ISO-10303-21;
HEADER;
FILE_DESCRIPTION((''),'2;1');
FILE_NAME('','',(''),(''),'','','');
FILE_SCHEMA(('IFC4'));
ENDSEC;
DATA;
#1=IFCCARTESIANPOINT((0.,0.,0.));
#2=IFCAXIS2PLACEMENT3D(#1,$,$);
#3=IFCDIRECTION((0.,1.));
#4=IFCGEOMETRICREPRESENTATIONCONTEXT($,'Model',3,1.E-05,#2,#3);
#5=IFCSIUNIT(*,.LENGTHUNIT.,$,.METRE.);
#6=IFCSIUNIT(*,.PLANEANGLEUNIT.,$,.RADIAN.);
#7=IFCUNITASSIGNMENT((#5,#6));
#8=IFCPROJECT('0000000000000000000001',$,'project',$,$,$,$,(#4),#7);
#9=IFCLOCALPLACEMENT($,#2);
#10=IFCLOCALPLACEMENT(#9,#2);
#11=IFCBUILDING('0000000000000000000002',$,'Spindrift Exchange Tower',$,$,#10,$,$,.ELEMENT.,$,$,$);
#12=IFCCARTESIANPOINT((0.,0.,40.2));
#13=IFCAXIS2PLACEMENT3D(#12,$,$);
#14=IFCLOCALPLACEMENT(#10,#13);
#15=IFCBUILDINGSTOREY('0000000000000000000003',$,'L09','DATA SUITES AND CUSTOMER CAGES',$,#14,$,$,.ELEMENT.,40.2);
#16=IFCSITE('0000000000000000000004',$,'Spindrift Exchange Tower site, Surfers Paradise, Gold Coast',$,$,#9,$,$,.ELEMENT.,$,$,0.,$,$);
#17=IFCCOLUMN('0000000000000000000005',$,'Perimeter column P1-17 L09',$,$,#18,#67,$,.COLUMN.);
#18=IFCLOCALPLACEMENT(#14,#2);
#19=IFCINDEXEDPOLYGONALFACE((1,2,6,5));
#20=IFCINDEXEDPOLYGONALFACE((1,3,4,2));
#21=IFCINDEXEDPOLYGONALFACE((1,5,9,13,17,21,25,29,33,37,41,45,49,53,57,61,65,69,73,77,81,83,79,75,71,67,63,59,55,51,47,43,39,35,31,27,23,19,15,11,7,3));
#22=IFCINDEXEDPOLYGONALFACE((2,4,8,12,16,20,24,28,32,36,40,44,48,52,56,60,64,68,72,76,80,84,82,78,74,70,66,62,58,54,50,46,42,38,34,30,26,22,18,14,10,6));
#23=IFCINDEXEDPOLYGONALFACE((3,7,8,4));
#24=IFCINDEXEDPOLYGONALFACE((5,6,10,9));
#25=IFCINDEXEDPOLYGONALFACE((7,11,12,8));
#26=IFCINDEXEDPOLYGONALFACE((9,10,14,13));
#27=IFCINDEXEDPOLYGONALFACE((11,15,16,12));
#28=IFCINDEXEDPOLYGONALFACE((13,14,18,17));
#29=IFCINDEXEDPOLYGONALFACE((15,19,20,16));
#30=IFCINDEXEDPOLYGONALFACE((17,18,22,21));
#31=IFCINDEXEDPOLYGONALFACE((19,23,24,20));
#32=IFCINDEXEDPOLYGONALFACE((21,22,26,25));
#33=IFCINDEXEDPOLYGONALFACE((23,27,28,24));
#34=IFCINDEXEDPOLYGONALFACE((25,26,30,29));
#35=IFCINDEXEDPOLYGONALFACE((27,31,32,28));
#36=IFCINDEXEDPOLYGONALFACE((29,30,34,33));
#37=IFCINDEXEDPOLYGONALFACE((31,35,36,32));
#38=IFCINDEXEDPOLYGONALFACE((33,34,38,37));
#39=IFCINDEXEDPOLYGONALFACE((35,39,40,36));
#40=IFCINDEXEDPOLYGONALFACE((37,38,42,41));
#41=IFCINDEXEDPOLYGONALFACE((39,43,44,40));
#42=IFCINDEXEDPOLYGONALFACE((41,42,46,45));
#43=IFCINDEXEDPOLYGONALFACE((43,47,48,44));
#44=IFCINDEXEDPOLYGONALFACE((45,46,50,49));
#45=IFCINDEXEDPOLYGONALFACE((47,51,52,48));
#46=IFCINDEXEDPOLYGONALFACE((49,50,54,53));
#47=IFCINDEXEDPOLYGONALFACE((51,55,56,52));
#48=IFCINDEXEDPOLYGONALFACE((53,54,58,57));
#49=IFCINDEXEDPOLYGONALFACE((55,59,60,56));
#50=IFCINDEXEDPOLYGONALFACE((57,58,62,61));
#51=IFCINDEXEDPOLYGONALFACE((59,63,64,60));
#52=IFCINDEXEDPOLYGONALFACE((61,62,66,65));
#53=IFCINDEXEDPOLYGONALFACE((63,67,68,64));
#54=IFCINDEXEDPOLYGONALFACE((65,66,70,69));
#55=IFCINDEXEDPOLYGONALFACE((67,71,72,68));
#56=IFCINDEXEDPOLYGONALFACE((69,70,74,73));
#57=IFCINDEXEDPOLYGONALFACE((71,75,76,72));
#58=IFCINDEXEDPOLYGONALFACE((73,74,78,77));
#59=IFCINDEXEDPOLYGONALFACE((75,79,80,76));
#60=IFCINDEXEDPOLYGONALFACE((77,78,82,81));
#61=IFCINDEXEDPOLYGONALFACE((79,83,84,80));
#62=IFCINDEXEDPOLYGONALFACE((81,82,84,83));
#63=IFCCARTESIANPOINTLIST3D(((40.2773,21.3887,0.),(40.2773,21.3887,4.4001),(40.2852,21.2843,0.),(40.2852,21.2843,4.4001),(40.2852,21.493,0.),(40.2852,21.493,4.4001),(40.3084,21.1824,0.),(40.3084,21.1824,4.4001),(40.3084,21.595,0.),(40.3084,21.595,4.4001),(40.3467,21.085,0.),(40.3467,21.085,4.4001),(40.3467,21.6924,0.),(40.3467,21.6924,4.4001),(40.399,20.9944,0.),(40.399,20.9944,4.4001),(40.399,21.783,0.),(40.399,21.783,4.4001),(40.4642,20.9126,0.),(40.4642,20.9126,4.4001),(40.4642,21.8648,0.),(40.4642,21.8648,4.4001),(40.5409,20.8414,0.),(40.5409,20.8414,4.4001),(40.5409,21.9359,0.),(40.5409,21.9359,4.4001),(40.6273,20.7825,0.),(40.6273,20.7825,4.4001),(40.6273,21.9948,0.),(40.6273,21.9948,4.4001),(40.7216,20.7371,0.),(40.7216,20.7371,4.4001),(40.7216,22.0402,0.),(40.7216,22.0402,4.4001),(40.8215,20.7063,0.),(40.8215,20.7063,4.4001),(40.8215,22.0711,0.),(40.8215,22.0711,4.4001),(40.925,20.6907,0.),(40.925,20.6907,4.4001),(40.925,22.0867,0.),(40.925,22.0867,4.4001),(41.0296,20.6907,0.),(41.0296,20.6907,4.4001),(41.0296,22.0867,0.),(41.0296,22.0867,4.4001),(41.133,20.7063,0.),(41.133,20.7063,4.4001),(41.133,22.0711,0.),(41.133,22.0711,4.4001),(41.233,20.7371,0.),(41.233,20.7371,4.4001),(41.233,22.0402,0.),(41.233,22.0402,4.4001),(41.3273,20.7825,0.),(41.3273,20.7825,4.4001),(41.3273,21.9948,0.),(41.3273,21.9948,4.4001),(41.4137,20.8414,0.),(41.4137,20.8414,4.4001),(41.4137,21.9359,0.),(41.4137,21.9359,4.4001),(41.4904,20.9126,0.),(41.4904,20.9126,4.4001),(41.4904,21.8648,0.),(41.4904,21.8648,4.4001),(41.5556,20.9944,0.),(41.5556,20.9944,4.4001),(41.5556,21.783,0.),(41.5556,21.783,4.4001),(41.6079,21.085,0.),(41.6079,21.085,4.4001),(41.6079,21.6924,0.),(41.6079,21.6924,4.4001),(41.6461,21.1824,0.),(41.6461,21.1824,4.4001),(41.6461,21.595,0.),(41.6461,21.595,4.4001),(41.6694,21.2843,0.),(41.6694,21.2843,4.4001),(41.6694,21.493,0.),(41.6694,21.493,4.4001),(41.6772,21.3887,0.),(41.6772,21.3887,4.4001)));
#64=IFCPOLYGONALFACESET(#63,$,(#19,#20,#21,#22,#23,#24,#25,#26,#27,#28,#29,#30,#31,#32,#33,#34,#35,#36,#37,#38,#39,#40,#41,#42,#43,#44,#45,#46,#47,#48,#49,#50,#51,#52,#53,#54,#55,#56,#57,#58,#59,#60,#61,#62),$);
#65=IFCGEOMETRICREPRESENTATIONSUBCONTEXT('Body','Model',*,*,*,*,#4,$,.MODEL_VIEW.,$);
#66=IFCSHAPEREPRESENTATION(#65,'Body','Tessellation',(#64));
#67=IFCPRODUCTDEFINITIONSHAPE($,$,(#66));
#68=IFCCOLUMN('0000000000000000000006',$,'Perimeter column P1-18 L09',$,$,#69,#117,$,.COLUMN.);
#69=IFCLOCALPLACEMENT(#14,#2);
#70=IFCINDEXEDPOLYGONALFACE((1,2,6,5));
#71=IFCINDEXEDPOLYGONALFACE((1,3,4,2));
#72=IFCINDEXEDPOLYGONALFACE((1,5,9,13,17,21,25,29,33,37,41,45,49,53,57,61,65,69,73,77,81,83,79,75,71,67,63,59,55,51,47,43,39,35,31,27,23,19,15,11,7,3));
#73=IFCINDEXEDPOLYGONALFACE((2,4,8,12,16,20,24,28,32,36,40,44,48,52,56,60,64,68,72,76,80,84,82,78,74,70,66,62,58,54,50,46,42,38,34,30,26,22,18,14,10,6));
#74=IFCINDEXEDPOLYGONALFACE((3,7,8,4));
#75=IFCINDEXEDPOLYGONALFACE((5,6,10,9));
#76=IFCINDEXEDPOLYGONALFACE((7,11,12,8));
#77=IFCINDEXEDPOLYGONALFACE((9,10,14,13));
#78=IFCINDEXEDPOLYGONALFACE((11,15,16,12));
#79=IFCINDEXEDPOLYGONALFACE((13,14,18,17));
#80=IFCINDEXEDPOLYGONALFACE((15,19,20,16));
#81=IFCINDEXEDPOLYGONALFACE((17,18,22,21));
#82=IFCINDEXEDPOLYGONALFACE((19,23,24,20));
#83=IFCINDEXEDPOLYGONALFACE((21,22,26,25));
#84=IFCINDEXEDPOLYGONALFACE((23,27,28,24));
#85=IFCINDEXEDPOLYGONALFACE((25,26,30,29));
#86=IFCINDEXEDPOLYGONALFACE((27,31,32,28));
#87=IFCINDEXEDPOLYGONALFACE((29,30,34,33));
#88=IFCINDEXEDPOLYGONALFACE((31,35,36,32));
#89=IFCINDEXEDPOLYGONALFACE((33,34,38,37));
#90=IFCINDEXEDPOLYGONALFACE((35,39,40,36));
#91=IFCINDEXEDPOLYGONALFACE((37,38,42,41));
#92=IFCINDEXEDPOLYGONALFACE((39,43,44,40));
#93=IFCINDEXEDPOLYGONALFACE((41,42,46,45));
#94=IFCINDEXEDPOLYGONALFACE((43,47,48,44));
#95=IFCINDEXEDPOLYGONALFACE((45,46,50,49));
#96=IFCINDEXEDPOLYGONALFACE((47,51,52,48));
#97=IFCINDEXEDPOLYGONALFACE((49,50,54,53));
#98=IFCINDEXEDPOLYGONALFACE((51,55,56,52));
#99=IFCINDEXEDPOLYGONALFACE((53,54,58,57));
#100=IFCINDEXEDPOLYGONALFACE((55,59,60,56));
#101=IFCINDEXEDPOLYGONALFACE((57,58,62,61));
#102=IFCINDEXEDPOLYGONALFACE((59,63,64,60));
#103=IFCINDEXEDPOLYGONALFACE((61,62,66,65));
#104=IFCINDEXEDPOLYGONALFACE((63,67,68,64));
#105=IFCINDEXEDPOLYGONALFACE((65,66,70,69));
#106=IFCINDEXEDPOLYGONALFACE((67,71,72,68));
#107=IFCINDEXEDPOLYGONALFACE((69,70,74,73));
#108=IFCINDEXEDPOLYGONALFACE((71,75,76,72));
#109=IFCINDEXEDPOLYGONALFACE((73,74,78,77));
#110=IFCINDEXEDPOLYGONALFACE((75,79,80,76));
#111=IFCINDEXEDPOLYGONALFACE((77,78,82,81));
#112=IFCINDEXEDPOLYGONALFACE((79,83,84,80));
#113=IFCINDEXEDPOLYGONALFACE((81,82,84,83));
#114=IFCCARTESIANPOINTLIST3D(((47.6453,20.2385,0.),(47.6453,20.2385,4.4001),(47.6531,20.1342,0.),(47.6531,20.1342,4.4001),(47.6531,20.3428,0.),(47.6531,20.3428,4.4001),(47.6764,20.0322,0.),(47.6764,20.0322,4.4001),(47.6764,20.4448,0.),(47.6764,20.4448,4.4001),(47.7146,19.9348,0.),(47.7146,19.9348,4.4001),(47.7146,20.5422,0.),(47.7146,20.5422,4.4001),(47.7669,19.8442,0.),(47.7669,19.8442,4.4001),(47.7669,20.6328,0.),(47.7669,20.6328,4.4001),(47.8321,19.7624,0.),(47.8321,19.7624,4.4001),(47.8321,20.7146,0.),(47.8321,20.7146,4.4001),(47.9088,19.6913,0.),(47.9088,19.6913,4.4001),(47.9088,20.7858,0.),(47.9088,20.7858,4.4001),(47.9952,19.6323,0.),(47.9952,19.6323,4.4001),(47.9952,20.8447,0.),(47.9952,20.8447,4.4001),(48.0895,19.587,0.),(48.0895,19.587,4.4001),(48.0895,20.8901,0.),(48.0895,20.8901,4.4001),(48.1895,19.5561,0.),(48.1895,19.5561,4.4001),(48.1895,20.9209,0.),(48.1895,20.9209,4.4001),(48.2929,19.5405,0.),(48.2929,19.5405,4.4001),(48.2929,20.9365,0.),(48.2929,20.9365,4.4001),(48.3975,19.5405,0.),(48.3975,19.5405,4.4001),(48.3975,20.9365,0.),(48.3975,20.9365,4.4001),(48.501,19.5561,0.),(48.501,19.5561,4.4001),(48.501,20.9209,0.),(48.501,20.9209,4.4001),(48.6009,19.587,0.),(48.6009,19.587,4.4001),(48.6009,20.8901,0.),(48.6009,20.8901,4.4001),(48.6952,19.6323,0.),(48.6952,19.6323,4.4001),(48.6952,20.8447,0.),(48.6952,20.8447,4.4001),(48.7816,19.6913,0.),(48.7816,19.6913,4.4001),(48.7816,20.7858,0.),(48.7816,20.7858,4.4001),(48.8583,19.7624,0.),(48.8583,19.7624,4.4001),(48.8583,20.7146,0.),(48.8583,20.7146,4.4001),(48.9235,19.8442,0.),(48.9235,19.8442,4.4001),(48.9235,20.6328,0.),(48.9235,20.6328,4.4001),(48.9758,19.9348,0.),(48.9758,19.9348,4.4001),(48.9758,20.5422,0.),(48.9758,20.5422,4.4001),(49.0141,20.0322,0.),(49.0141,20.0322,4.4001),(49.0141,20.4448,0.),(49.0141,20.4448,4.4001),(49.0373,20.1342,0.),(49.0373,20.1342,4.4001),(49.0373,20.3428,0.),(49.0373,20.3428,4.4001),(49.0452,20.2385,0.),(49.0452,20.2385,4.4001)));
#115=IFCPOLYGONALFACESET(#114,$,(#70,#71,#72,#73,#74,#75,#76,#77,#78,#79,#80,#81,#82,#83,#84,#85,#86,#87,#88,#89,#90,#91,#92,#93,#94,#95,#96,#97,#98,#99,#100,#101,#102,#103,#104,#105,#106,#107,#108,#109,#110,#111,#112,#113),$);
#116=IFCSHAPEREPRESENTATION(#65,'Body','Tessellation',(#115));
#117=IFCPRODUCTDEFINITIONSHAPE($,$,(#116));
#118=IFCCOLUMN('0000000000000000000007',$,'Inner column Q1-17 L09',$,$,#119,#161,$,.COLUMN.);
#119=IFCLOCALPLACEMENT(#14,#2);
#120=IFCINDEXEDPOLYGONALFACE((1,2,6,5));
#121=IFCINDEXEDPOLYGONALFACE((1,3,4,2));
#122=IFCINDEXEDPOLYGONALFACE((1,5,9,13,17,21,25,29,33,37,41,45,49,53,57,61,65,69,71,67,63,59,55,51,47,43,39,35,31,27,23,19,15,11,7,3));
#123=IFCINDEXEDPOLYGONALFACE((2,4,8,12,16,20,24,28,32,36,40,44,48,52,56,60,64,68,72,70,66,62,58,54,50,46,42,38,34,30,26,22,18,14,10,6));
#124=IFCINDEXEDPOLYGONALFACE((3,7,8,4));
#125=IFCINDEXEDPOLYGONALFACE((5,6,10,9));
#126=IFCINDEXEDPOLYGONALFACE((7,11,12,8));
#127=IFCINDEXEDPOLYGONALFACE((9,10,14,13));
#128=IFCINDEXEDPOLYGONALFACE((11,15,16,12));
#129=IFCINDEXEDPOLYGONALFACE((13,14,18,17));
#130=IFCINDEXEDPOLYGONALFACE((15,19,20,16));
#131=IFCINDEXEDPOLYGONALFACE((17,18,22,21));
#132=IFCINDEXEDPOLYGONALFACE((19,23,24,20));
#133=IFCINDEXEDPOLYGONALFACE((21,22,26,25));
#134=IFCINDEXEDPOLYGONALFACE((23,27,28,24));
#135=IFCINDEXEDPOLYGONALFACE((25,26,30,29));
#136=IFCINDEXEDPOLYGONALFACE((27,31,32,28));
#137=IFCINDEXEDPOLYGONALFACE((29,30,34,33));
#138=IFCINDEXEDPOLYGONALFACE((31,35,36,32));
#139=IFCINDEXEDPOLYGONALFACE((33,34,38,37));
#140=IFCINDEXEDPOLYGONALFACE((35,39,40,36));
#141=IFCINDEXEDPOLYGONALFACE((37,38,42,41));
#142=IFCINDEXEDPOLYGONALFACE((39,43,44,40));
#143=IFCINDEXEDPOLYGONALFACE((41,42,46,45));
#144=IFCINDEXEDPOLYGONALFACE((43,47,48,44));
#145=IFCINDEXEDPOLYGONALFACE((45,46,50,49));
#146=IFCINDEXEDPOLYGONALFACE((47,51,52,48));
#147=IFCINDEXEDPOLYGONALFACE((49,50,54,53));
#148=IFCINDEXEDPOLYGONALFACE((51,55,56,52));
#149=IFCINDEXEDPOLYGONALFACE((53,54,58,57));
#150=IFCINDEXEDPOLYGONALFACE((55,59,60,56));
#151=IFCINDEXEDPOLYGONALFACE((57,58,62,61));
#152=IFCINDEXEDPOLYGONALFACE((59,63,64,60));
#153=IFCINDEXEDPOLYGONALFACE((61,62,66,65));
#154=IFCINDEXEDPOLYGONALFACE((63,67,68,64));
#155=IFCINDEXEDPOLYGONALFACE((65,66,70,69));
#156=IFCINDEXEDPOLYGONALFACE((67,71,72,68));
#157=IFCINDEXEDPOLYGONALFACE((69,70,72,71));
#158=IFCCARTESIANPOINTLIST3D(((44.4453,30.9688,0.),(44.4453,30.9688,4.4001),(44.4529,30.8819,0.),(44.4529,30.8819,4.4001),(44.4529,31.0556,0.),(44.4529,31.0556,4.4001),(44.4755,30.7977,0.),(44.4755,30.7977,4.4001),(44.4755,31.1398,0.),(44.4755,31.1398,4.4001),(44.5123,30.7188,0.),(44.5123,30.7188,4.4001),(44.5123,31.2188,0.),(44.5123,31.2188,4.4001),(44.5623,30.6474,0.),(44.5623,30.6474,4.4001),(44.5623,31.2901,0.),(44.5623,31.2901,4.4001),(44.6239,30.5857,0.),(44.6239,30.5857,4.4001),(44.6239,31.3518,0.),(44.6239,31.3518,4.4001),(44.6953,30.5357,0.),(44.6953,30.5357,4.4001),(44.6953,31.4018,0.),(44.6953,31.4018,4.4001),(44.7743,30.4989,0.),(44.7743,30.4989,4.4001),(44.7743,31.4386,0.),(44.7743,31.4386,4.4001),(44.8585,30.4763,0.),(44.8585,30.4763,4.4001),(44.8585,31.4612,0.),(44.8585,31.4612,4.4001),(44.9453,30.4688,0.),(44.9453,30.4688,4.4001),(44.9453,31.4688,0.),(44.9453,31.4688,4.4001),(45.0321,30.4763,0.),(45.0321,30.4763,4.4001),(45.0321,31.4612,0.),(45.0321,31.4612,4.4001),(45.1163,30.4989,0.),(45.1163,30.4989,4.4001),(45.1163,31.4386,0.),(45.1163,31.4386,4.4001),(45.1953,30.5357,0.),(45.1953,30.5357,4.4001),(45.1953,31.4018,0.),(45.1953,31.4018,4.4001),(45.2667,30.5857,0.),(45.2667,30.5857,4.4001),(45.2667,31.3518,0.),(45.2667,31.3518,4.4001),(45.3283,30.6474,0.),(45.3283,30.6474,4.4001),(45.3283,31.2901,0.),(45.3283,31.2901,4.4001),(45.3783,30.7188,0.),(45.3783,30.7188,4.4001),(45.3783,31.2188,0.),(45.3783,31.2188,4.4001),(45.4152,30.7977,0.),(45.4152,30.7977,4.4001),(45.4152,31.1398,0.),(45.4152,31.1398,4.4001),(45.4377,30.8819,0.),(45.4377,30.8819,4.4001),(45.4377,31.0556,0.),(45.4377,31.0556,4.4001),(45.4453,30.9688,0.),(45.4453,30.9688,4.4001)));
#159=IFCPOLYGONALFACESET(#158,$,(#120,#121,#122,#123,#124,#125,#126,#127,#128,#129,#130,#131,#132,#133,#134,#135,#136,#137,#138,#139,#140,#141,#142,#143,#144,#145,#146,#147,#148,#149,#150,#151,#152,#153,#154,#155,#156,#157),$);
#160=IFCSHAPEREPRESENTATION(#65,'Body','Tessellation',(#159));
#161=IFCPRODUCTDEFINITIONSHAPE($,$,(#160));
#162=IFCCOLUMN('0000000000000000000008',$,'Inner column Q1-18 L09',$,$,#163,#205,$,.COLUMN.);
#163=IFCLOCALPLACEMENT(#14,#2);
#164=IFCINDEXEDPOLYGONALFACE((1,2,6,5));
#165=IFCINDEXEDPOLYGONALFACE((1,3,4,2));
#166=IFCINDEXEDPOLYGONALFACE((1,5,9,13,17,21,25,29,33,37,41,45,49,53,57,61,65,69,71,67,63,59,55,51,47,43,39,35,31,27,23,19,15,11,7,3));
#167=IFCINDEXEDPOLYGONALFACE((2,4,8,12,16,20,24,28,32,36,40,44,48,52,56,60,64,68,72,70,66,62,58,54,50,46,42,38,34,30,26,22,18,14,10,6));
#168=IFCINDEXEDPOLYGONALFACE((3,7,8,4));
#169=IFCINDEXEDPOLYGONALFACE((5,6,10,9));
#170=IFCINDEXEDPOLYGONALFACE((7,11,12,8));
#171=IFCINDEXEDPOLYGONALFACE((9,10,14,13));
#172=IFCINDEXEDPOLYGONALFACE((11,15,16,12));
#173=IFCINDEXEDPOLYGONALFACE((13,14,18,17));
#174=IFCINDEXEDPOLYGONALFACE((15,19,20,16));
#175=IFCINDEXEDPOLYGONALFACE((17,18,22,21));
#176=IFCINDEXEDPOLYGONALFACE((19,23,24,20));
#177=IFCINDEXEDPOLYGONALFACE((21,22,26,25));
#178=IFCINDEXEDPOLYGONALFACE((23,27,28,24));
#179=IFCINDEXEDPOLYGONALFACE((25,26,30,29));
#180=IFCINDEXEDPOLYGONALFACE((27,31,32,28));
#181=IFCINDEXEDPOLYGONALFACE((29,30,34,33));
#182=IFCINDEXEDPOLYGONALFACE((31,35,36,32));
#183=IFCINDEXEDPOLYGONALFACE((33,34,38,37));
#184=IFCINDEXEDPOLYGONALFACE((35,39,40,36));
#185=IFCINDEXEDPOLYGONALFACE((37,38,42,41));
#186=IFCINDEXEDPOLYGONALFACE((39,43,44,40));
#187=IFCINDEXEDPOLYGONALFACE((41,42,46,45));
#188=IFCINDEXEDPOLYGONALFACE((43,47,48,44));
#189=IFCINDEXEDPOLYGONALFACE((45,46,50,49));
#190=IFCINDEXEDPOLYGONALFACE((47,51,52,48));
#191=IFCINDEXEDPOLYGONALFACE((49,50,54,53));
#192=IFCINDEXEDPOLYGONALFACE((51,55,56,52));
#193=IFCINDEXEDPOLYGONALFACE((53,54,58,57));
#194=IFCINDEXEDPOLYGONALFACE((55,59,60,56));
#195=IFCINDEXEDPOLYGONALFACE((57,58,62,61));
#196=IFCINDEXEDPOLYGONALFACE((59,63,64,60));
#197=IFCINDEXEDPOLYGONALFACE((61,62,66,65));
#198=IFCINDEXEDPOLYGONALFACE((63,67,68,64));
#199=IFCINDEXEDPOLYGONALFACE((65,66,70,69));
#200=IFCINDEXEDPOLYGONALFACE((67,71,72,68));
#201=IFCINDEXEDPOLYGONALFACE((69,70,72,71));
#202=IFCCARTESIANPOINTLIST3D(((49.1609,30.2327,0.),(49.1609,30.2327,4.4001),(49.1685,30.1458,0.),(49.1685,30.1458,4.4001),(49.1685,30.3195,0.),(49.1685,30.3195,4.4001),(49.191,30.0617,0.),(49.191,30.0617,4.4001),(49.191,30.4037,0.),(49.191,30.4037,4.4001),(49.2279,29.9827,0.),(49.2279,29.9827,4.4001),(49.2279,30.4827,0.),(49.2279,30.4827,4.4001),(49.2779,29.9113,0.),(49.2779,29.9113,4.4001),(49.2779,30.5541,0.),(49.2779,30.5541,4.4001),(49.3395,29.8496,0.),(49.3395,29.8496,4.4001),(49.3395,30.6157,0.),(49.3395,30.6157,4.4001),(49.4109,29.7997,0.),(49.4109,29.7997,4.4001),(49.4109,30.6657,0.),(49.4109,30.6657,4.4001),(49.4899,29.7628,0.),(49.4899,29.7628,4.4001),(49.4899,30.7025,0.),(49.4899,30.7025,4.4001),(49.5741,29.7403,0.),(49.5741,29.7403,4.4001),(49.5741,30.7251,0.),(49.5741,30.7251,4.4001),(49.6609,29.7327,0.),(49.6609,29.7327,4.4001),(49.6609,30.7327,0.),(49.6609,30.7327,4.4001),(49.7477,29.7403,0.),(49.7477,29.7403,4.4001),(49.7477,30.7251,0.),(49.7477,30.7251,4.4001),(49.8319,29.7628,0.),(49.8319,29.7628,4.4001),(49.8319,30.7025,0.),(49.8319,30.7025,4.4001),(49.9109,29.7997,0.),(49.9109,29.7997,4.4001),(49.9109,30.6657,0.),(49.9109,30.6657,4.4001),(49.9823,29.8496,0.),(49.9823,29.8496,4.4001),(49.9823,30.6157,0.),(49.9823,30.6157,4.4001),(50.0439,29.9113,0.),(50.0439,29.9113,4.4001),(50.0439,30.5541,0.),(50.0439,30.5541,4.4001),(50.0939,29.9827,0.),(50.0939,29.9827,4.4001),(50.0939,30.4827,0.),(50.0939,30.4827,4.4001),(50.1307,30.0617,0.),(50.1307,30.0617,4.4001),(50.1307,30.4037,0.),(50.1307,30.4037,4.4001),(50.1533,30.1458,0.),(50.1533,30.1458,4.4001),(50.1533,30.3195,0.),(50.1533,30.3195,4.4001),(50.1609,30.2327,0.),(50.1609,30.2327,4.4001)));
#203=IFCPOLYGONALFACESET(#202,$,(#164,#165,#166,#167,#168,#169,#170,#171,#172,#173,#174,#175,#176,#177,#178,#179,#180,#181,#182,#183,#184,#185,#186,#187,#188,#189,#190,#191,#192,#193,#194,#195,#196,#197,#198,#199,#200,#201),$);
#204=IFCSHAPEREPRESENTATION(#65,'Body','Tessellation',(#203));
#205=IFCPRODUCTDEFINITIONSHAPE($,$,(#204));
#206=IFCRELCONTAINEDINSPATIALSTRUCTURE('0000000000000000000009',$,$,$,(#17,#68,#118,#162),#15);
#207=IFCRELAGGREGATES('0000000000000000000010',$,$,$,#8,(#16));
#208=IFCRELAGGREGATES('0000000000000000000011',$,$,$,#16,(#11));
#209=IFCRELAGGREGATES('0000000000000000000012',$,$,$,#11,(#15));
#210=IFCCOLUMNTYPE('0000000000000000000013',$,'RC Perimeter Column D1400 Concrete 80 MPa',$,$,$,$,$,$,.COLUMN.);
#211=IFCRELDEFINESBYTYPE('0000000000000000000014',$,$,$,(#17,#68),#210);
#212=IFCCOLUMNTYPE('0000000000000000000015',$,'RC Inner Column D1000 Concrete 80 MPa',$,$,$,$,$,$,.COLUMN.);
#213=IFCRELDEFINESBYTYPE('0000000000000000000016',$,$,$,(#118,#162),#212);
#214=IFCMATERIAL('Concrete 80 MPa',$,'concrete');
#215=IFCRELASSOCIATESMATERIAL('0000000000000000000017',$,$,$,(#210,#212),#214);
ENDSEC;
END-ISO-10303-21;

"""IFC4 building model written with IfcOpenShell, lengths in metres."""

from ifc_helpers import new_model, si_unit, direction, frame, origin, origin_2d, place, context, subcontext, project, spatial, circle, extrude, source, transform, mapped, material, material_profile, profile_set, type_object, element, save


model = new_model("IFC4")

# Units and contexts
model_context = context("Model", 3, precision=1e-05, world=origin(), true_north=direction((0.0, 1.0)))
body_context = subcontext(model_context, "Body", "Model", "MODEL_VIEW")
ifc_project = project(units=[si_unit("LENGTHUNIT", "METRE"), si_unit("PLANEANGLEUNIT", "RADIAN")], contexts=[model_context])

# Site, building, storey
site_placement = place(None, origin())
site = spatial("IfcSite", under=ifc_project, at=site_placement, Name="Spindrift Exchange Tower site, Surfers Paradise, Gold Coast", CompositionType="ELEMENT", RefElevation=0.0)
building_placement = place(site_placement, origin())
building = spatial("IfcBuilding", under=site, at=building_placement, Name="Spindrift Exchange Tower", CompositionType="ELEMENT")
storey_placement = place(building_placement, frame((0.0, 0.0, 40.2)))
storey = spatial("IfcBuildingStorey", under=building, at=storey_placement, Name="L09", Description="DATA SUITES AND CUSTOMER CAGES", CompositionType="ELEMENT", Elevation=40.2)

# Columns
ifc_material_1 = material(Name="Concrete 80 MPa", Category="concrete")
ifc_material_profile_1 = material_profile(ifc_material_1, circle(Radius=0.7, at=origin_2d()), Name="RC D1400")
ifc_profile_set_1 = profile_set([ifc_material_profile_1], Name="Concrete 80 MPa")
column_type_1 = type_object("IfcColumnType", Name="RC Perimeter Column D1400 Concrete 80 MPa", PredefinedType="COLUMN", material=ifc_profile_set_1)
shared_shape_1 = source(origin(), body_context, "Body", "SweptSolid", [
    extrude(circle(Radius=0.7, at=origin_2d()), origin(), (0.0, 0.0, 1.0), 4.4001),
])
for number, where, z_axis, x_axis, name in (
    (1, (40.9773, 21.3887, 0.0), (0.0, 0.0, 1.0), (1.0, 0.0, 0.0), "Perimeter column P1-17 L09"),
    (2, (48.3452, 20.2385, 0.0), (0.0, 0.0, 1.0), (1.0, 0.0, 0.0), "Perimeter column P1-18 L09"),
):
    element("IfcColumn", number, at=place(storey_placement, frame(where, z_axis=z_axis, x_axis=x_axis)), inside=storey, type_object=column_type_1, Name=name, PredefinedType="COLUMN", context=body_context, shape_type="MappedRepresentation", body=[
        mapped(shared_shape_1, transform((0.0, 0.0, 0.0), scale=1.0)),
    ])
ifc_material_profile_2 = material_profile(ifc_material_1, circle(Radius=0.5, at=origin_2d()), Name="RC D1000")
ifc_profile_set_2 = profile_set([ifc_material_profile_2], Name="Concrete 80 MPa")
column_type_2 = type_object("IfcColumnType", Name="RC Inner Column D1000 Concrete 80 MPa", PredefinedType="COLUMN", material=ifc_profile_set_2)
shared_shape_2 = source(origin(), body_context, "Body", "SweptSolid", [
    extrude(circle(Radius=0.5, at=origin_2d()), origin(), (0.0, 0.0, 1.0), 4.4001),
])
for number, where, z_axis, x_axis, name in (
    (3, (44.9453, 30.9688, 0.0), (0.0, 0.0, 1.0), (1.0, 0.0, 0.0), "Inner column Q1-17 L09"),
    (4, (49.6609, 30.2327, 0.0), (0.0, 0.0, 1.0), (1.0, 0.0, 0.0), "Inner column Q1-18 L09"),
):
    element("IfcColumn", number, at=place(storey_placement, frame(where, z_axis=z_axis, x_axis=x_axis)), inside=storey, type_object=column_type_2, Name=name, PredefinedType="COLUMN", context=body_context, shape_type="MappedRepresentation", body=[
        mapped(shared_shape_2, transform((0.0, 0.0, 0.0), scale=1.0)),
    ])

save(model, "model.ifc")
